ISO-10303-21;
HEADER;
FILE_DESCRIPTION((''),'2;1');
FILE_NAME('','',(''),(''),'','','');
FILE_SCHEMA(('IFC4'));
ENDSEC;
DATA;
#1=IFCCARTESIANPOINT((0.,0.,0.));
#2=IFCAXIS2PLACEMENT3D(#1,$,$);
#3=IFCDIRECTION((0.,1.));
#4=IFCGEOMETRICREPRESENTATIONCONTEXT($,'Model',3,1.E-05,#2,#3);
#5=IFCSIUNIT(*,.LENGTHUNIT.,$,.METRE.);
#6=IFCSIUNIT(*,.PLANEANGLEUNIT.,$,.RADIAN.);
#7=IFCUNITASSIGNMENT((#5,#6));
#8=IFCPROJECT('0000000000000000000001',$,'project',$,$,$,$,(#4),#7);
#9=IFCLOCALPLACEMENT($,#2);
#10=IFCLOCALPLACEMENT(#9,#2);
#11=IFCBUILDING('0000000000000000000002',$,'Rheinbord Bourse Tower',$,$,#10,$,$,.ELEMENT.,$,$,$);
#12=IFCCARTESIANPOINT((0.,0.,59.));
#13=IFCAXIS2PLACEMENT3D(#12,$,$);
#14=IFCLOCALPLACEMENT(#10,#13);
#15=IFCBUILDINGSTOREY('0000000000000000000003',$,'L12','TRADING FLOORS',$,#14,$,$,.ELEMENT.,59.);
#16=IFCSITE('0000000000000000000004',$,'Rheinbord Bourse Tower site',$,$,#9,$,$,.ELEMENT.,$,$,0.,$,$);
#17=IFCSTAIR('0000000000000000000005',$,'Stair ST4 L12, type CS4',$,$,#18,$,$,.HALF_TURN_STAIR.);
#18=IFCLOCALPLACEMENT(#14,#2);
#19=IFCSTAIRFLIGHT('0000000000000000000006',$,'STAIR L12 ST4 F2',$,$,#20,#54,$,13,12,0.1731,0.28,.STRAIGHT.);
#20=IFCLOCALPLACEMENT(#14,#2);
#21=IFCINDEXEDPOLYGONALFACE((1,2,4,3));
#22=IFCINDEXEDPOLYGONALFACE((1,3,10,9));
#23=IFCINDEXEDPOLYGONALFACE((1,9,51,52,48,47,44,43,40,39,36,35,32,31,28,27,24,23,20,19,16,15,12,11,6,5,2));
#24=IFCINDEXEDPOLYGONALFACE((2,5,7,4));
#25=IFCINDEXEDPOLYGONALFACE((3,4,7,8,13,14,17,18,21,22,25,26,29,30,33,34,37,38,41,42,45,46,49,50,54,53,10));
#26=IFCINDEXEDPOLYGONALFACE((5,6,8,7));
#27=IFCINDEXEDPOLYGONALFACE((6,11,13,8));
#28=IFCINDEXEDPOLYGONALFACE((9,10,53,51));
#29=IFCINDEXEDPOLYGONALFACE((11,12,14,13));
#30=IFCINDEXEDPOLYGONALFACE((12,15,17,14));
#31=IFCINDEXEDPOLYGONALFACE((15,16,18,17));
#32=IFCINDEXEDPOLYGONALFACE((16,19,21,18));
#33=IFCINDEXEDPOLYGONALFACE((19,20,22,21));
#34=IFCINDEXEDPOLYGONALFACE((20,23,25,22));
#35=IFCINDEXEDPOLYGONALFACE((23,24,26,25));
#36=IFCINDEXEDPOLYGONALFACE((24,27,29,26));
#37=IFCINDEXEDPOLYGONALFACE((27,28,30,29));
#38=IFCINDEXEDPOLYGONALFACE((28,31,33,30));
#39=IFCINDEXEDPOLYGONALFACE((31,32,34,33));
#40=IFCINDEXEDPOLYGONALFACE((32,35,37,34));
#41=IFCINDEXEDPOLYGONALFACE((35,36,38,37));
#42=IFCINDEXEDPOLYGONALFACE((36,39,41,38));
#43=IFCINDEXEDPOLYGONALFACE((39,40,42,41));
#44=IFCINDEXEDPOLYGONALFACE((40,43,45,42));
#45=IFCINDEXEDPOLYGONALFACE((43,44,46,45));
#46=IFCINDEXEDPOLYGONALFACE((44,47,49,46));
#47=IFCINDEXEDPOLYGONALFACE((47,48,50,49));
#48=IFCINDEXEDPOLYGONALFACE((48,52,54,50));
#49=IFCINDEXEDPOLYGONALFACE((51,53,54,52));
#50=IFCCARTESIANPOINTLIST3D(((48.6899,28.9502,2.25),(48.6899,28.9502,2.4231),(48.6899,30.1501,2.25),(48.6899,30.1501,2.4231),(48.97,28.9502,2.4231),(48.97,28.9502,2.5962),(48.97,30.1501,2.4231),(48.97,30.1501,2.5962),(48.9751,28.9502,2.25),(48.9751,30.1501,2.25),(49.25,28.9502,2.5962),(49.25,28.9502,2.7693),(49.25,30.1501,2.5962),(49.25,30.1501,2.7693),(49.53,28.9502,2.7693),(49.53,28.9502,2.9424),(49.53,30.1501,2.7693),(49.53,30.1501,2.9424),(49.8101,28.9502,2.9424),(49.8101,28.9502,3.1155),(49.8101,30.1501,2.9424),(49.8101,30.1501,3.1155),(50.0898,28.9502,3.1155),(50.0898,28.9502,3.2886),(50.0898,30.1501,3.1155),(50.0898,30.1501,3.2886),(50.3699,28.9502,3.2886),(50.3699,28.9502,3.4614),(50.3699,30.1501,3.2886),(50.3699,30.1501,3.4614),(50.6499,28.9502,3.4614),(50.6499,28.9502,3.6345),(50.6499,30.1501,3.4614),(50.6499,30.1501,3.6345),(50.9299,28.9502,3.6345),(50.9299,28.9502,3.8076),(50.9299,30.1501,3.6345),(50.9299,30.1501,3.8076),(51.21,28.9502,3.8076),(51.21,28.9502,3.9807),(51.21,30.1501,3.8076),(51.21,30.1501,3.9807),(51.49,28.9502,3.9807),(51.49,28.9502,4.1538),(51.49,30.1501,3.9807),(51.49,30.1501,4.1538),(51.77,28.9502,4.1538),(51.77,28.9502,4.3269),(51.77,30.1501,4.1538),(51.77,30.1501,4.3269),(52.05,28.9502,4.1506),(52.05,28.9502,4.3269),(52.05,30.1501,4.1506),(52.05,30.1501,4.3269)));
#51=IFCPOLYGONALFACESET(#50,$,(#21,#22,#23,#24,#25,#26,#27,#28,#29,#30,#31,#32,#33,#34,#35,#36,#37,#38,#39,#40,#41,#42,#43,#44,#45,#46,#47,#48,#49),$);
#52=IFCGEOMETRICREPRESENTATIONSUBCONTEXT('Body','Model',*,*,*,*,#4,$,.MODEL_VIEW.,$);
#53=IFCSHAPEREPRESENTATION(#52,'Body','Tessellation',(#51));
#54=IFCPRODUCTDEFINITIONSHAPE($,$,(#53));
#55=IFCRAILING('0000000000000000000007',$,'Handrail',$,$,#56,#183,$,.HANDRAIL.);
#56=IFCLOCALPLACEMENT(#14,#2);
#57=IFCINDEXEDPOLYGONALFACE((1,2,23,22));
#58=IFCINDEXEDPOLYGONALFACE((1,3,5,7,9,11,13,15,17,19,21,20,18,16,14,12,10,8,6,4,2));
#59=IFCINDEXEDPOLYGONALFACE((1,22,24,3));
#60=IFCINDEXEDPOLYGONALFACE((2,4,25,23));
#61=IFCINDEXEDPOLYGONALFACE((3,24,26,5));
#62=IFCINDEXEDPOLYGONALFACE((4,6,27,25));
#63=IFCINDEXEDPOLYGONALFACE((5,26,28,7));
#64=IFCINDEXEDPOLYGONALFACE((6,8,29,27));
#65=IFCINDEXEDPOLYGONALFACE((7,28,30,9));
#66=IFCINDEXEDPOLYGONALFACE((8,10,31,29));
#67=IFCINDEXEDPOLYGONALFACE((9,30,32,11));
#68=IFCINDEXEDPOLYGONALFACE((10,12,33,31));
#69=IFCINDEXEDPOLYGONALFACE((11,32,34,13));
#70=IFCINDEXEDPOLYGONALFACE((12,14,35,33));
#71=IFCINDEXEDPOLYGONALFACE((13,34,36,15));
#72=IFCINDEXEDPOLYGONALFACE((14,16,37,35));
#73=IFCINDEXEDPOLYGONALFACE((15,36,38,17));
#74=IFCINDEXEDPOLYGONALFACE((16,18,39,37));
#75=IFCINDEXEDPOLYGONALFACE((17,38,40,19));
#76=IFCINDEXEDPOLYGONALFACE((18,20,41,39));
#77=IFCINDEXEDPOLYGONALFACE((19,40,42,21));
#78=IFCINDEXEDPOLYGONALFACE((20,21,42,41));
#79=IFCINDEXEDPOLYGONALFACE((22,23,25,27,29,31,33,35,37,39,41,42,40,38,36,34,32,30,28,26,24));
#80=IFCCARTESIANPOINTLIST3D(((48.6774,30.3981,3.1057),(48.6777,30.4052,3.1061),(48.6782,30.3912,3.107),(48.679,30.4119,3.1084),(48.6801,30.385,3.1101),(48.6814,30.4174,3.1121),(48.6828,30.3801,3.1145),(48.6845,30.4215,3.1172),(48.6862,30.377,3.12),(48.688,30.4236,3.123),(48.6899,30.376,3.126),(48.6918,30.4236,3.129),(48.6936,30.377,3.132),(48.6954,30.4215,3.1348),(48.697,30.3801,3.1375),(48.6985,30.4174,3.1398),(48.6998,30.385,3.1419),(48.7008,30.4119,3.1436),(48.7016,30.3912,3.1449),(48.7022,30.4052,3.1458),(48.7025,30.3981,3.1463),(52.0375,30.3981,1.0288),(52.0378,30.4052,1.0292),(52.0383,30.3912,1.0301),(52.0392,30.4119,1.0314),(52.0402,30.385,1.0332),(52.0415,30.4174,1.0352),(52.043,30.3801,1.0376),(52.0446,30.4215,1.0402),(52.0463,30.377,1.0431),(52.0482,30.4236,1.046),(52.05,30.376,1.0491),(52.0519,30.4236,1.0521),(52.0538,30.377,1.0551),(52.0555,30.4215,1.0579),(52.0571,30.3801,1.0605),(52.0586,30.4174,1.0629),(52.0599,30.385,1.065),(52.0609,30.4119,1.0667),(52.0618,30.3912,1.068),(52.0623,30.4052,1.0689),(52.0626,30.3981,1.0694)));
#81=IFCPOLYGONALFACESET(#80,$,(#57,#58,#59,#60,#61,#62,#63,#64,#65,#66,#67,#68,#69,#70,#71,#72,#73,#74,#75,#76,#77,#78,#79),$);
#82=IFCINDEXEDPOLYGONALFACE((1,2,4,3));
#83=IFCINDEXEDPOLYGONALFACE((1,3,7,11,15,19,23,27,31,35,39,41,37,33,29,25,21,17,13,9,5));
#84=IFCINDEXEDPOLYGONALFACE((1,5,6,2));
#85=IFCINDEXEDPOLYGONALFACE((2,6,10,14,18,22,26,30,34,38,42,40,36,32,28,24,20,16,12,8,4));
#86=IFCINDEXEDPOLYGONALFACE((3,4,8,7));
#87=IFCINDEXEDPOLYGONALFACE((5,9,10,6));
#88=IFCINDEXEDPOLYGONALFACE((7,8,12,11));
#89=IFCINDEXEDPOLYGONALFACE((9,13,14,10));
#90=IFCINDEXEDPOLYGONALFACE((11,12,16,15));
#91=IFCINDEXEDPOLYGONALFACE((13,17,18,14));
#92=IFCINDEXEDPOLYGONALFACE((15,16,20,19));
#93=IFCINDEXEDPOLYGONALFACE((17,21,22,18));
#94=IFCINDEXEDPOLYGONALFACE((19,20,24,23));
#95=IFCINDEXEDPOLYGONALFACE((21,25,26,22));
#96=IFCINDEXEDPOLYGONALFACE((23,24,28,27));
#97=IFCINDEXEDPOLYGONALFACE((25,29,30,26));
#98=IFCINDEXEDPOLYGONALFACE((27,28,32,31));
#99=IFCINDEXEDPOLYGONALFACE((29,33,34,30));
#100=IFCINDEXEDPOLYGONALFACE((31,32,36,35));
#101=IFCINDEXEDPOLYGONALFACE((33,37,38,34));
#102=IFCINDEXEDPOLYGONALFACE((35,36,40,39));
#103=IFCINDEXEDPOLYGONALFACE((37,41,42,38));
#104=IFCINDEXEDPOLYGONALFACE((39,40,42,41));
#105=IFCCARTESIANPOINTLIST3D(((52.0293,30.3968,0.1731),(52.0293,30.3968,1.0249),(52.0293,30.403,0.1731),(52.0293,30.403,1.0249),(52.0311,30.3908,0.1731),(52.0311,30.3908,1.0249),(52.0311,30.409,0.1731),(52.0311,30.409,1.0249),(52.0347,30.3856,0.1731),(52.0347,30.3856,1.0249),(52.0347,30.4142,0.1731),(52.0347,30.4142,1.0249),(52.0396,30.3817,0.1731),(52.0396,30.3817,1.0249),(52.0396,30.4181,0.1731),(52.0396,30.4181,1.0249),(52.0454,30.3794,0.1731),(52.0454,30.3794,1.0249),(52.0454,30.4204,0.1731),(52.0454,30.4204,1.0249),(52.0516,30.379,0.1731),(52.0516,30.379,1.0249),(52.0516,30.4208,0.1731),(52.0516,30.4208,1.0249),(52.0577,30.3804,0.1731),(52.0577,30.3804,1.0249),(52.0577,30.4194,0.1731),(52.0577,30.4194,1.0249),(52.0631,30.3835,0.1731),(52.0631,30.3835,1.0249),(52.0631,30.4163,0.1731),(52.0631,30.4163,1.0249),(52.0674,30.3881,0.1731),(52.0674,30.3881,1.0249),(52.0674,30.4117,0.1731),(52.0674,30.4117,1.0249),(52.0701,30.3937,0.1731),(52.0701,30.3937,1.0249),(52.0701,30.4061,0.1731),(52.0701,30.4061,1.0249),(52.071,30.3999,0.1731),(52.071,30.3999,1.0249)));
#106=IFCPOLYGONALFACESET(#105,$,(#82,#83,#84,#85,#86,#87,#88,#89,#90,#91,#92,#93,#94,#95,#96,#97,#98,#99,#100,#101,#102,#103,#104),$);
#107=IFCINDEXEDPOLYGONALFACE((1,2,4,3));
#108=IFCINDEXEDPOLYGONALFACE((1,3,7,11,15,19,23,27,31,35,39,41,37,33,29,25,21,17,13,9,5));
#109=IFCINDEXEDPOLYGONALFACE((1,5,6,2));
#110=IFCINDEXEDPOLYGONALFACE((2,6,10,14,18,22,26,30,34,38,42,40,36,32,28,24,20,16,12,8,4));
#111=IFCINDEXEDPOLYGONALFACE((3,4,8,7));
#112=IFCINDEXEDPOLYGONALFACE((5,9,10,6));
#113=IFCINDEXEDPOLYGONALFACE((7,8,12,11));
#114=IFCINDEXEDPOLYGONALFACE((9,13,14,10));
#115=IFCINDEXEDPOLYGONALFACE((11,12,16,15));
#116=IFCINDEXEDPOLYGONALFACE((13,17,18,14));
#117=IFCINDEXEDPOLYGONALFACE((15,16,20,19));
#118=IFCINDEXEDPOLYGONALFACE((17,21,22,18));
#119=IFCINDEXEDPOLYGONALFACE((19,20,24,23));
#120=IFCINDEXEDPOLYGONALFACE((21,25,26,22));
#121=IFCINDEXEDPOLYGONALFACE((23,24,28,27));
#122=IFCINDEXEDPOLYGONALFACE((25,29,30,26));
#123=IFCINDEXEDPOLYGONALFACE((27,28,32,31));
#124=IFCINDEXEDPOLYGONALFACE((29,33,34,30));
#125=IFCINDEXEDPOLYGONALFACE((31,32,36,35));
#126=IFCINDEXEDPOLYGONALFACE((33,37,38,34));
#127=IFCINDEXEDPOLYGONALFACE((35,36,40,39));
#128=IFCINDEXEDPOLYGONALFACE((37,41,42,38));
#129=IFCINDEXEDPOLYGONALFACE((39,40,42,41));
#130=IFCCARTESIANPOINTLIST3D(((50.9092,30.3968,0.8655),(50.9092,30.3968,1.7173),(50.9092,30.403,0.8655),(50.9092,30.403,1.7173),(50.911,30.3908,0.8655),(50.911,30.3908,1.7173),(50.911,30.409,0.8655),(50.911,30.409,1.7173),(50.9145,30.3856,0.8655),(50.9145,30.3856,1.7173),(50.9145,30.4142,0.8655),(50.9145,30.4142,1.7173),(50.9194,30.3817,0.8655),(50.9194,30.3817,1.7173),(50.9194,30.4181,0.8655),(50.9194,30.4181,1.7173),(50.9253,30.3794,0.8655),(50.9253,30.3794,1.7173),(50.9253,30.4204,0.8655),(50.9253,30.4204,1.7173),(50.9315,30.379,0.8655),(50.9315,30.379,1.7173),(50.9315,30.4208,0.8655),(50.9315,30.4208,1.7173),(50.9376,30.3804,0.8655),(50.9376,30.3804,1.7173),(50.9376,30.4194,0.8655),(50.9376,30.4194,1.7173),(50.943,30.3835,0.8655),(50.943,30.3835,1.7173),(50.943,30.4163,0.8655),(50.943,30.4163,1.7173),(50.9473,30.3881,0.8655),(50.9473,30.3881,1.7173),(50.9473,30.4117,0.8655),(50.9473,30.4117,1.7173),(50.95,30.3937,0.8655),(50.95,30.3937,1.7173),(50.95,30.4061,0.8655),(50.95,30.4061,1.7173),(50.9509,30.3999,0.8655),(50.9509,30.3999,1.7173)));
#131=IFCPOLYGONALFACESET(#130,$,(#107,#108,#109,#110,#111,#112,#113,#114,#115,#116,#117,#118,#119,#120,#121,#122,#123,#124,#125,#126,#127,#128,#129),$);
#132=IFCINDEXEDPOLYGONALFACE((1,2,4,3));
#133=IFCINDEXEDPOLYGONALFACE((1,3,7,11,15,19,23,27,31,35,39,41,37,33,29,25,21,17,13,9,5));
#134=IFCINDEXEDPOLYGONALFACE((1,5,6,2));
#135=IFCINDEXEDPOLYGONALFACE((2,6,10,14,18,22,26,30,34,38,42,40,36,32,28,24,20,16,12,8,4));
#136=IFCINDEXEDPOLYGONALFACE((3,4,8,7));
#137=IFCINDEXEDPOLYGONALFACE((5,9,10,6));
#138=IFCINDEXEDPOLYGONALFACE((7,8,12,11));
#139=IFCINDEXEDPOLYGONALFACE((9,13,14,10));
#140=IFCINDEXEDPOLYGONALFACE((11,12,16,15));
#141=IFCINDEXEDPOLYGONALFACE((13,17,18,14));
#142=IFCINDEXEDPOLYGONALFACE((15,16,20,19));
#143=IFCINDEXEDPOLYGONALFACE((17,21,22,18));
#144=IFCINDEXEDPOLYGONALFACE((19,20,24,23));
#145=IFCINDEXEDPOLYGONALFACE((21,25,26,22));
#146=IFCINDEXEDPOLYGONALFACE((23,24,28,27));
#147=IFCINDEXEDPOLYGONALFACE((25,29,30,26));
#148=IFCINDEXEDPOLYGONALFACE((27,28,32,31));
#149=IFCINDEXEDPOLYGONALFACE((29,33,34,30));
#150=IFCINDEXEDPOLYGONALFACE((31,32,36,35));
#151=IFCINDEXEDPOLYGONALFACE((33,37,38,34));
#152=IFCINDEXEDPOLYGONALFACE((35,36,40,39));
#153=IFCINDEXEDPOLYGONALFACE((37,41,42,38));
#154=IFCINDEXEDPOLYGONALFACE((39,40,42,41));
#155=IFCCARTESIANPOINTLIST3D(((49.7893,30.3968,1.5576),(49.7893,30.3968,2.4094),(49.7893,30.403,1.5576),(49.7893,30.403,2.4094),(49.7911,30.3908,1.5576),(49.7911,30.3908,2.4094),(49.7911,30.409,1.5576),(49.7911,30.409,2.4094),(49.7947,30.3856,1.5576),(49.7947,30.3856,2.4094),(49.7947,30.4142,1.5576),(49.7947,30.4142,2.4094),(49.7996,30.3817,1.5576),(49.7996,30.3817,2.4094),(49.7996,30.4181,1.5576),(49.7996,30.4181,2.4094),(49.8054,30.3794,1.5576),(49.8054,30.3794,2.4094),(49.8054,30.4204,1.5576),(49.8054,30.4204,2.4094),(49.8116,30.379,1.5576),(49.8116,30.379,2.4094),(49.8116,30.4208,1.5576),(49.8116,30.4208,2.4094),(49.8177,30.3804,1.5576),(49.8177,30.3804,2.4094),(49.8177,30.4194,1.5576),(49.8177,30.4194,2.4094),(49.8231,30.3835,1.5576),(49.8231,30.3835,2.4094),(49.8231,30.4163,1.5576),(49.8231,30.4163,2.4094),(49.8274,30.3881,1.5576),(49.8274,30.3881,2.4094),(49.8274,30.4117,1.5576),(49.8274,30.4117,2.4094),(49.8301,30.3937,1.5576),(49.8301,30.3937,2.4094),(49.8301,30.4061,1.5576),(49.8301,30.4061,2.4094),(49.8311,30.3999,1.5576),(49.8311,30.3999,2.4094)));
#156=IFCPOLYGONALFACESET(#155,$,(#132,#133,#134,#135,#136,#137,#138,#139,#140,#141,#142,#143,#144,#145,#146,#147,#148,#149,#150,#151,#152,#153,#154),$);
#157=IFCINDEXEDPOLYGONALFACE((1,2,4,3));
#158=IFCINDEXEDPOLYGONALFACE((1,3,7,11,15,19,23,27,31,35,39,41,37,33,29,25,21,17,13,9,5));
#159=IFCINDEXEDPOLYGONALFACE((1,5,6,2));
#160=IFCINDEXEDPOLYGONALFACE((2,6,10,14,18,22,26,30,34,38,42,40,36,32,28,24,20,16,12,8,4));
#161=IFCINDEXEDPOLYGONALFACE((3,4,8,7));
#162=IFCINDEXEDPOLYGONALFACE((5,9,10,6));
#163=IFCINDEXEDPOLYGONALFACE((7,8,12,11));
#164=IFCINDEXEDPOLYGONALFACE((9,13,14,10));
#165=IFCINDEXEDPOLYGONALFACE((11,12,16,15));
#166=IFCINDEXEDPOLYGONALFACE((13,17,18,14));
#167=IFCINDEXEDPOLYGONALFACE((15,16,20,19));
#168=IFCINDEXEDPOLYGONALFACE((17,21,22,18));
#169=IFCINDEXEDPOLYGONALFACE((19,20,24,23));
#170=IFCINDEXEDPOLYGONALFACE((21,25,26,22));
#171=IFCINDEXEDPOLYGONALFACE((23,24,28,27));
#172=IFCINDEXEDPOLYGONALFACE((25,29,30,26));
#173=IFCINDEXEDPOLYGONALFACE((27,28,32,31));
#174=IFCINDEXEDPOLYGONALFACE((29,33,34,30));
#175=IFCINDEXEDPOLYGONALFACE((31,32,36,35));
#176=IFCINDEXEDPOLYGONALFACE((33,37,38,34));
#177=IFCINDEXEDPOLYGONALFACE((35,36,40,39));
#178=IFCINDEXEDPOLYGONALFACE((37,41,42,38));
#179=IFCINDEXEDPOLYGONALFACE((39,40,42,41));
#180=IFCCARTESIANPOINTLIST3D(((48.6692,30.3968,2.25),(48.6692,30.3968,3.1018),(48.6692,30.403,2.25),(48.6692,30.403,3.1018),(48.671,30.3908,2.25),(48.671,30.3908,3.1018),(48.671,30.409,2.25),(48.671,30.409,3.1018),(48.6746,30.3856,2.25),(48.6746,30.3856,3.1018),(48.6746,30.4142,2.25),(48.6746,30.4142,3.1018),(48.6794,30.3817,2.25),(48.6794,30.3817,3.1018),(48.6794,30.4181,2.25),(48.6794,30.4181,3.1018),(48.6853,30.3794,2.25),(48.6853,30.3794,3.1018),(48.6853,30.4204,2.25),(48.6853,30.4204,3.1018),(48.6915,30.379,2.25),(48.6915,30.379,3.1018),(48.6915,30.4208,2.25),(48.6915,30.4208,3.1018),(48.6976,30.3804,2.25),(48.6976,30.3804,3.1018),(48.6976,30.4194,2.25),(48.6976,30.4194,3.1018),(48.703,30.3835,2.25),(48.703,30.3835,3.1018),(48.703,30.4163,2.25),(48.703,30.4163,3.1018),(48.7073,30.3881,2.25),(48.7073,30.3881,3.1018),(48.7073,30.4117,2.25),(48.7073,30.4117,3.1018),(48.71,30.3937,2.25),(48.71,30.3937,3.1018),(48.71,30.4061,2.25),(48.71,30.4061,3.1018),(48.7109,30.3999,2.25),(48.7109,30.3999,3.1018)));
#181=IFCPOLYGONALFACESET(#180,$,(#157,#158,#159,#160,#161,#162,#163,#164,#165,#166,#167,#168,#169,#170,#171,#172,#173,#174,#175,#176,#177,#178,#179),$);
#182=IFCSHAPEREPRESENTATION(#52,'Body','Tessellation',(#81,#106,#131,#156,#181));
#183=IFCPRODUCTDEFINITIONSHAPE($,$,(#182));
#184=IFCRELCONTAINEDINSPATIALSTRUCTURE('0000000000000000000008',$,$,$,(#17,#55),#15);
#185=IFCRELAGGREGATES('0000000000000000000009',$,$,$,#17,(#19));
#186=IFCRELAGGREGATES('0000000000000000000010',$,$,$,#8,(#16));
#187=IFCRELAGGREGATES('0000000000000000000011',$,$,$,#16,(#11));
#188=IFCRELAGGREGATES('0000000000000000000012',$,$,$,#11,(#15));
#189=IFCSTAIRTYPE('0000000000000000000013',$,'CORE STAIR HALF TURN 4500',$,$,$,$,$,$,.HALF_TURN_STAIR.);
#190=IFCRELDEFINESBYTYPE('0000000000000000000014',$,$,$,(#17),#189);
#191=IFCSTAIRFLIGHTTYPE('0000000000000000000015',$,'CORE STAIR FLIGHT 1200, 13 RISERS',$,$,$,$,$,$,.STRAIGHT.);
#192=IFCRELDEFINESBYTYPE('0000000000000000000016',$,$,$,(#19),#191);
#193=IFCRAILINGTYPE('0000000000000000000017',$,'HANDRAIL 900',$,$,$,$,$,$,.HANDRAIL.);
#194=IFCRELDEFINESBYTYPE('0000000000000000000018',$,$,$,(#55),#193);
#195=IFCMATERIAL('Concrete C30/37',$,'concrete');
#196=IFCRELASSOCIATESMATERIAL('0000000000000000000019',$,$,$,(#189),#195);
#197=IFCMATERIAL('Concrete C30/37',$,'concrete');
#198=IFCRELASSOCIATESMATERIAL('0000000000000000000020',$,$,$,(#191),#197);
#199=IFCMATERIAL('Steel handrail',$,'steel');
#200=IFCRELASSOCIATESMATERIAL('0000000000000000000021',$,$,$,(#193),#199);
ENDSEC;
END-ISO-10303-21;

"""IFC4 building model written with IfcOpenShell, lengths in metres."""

from ifc_helpers import new_model, si_unit, direction, frame, origin, origin_2d, place, context, subcontext, project, spatial, polyline, circle, outline, extrude, material, type_object, element, aggregate, save


model = new_model("IFC4")

# Units and contexts
model_context = context("Model", 3, precision=1e-05, world=origin(), true_north=direction((0.0, 1.0)))
body_context = subcontext(model_context, "Body", "Model", "MODEL_VIEW")
ifc_project = project(units=[si_unit("LENGTHUNIT", "METRE"), si_unit("PLANEANGLEUNIT", "RADIAN")], contexts=[model_context])

# Site, building, storey
site_placement = place(None, origin())
site = spatial("IfcSite", under=ifc_project, at=site_placement, Name="Rheinbord Bourse Tower site", CompositionType="ELEMENT", RefElevation=0.0)
building_placement = place(site_placement, origin())
building = spatial("IfcBuilding", under=site, at=building_placement, Name="Rheinbord Bourse Tower", CompositionType="ELEMENT")
storey_placement = place(building_placement, frame((0.0, 0.0, 59.0)))
storey = spatial("IfcBuildingStorey", under=building, at=storey_placement, Name="L12", Description="TRADING FLOORS", CompositionType="ELEMENT", Elevation=59.0)

# Stair, stair flight
ifc_material_1 = material(Name="Concrete C30/37", Category="concrete")
stair_type = type_object("IfcStairType", Name="CORE STAIR HALF TURN 4500", PredefinedType="HALF_TURN_STAIR", material=ifc_material_1)
stair_placement = place(storey_placement, origin())
stair = element("IfcStair", 1, at=stair_placement, inside=storey, type_object=stair_type, Name="Stair ST4 L12, type CS4", PredefinedType="HALF_TURN_STAIR")
ifc_material_2 = material(Name="Concrete C30/37", Category="concrete")
stair_flight_type = type_object("IfcStairFlightType", Name="CORE STAIR FLIGHT 1200, 13 RISERS", PredefinedType="STRAIGHT", material=ifc_material_2)
stair_flight_1_placement = place(storey_placement, frame((48.6899, 29.55, 2.25), z_axis=(0.0, 0.0, 1.0), x_axis=(1.0, 0.0, 0.0)))
stair_flight_1 = element("IfcStairFlight", 2, at=stair_flight_1_placement, type_object=stair_flight_type, Name="STAIR L12 ST4 F2", NumberOfRisers=13, NumberOfTreads=12, PredefinedType="STRAIGHT", RiserHeight=0.1731, TreadLength=0.28, context=body_context, shape_type="SweptSolid", body=[
    extrude(outline(polyline([(0.0, 0.0), (0.0, 0.1731), (0.28, 0.1731), (0.28, 0.3462), (0.5601, 0.3462), (0.5601, 0.5193), (0.8401, 0.5193), (0.8401, 0.6924), (1.1201, 0.6924), (1.1201, 0.8655), (1.3999, 0.8655), (1.3999, 1.0386), (1.6799, 1.0386), (1.6799, 1.2114), (1.96, 1.2114), (1.96, 1.3845), (2.24, 1.3845), (2.24, 1.5576), (2.52, 1.5576), (2.52, 1.7307), (2.8, 1.7307), (2.8, 1.9038), (3.0801, 1.9038), (3.0801, 2.0769), (3.3601, 2.0769), (3.3601, 2.25), (3.3601, 1.9006), (0.2852, 0.0), (0.0, 0.0)])), frame((0.0, 0.6001, 0.0), z_axis=(0.0, -1.0, 0.0), x_axis=(1.0, 0.0, 0.0)), (0.0, 0.0, 1.0), 1.2),
])
aggregate(stair, [stair_flight_1])

# Railing
ifc_material_3 = material(Name="Steel handrail", Category="steel")
railing_type = type_object("IfcRailingType", Name="HANDRAIL 900", PredefinedType="HANDRAIL", material=ifc_material_3)
railing_1_placement = place(storey_placement, frame((52.05, 30.3999, 0.1731)))
element("IfcRailing", 3, at=railing_1_placement, inside=storey, type_object=railing_type, Name="Handrail", PredefinedType="HANDRAIL", context=body_context, shape_type="SweptSolid", body=[
    extrude(circle(Radius=0.0239, at=origin_2d()), frame((0.0, 0.0, 0.876), z_axis=(-0.850623, 0.0, 0.525776), x_axis=(0.0, -1.0, 0.0)), (0.0, 0.0, 1.0), 3.9502),
    extrude(circle(Radius=0.021, at=origin_2d()), origin(), (0.0, 0.0, 1.0), 0.8518),
    extrude(circle(Radius=0.021, at=origin_2d()), frame((-1.1201, 0.0, 0.6924)), (0.0, 0.0, 1.0), 0.8518),
    extrude(circle(Radius=0.021, at=origin_2d()), frame((-2.24, 0.0, 1.3845)), (0.0, 0.0, 1.0), 0.8518),
    extrude(circle(Radius=0.021, at=origin_2d()), frame((-3.3601, 0.0, 2.0769)), (0.0, 0.0, 1.0), 0.8518),
])

save(model, "model.ifc")
